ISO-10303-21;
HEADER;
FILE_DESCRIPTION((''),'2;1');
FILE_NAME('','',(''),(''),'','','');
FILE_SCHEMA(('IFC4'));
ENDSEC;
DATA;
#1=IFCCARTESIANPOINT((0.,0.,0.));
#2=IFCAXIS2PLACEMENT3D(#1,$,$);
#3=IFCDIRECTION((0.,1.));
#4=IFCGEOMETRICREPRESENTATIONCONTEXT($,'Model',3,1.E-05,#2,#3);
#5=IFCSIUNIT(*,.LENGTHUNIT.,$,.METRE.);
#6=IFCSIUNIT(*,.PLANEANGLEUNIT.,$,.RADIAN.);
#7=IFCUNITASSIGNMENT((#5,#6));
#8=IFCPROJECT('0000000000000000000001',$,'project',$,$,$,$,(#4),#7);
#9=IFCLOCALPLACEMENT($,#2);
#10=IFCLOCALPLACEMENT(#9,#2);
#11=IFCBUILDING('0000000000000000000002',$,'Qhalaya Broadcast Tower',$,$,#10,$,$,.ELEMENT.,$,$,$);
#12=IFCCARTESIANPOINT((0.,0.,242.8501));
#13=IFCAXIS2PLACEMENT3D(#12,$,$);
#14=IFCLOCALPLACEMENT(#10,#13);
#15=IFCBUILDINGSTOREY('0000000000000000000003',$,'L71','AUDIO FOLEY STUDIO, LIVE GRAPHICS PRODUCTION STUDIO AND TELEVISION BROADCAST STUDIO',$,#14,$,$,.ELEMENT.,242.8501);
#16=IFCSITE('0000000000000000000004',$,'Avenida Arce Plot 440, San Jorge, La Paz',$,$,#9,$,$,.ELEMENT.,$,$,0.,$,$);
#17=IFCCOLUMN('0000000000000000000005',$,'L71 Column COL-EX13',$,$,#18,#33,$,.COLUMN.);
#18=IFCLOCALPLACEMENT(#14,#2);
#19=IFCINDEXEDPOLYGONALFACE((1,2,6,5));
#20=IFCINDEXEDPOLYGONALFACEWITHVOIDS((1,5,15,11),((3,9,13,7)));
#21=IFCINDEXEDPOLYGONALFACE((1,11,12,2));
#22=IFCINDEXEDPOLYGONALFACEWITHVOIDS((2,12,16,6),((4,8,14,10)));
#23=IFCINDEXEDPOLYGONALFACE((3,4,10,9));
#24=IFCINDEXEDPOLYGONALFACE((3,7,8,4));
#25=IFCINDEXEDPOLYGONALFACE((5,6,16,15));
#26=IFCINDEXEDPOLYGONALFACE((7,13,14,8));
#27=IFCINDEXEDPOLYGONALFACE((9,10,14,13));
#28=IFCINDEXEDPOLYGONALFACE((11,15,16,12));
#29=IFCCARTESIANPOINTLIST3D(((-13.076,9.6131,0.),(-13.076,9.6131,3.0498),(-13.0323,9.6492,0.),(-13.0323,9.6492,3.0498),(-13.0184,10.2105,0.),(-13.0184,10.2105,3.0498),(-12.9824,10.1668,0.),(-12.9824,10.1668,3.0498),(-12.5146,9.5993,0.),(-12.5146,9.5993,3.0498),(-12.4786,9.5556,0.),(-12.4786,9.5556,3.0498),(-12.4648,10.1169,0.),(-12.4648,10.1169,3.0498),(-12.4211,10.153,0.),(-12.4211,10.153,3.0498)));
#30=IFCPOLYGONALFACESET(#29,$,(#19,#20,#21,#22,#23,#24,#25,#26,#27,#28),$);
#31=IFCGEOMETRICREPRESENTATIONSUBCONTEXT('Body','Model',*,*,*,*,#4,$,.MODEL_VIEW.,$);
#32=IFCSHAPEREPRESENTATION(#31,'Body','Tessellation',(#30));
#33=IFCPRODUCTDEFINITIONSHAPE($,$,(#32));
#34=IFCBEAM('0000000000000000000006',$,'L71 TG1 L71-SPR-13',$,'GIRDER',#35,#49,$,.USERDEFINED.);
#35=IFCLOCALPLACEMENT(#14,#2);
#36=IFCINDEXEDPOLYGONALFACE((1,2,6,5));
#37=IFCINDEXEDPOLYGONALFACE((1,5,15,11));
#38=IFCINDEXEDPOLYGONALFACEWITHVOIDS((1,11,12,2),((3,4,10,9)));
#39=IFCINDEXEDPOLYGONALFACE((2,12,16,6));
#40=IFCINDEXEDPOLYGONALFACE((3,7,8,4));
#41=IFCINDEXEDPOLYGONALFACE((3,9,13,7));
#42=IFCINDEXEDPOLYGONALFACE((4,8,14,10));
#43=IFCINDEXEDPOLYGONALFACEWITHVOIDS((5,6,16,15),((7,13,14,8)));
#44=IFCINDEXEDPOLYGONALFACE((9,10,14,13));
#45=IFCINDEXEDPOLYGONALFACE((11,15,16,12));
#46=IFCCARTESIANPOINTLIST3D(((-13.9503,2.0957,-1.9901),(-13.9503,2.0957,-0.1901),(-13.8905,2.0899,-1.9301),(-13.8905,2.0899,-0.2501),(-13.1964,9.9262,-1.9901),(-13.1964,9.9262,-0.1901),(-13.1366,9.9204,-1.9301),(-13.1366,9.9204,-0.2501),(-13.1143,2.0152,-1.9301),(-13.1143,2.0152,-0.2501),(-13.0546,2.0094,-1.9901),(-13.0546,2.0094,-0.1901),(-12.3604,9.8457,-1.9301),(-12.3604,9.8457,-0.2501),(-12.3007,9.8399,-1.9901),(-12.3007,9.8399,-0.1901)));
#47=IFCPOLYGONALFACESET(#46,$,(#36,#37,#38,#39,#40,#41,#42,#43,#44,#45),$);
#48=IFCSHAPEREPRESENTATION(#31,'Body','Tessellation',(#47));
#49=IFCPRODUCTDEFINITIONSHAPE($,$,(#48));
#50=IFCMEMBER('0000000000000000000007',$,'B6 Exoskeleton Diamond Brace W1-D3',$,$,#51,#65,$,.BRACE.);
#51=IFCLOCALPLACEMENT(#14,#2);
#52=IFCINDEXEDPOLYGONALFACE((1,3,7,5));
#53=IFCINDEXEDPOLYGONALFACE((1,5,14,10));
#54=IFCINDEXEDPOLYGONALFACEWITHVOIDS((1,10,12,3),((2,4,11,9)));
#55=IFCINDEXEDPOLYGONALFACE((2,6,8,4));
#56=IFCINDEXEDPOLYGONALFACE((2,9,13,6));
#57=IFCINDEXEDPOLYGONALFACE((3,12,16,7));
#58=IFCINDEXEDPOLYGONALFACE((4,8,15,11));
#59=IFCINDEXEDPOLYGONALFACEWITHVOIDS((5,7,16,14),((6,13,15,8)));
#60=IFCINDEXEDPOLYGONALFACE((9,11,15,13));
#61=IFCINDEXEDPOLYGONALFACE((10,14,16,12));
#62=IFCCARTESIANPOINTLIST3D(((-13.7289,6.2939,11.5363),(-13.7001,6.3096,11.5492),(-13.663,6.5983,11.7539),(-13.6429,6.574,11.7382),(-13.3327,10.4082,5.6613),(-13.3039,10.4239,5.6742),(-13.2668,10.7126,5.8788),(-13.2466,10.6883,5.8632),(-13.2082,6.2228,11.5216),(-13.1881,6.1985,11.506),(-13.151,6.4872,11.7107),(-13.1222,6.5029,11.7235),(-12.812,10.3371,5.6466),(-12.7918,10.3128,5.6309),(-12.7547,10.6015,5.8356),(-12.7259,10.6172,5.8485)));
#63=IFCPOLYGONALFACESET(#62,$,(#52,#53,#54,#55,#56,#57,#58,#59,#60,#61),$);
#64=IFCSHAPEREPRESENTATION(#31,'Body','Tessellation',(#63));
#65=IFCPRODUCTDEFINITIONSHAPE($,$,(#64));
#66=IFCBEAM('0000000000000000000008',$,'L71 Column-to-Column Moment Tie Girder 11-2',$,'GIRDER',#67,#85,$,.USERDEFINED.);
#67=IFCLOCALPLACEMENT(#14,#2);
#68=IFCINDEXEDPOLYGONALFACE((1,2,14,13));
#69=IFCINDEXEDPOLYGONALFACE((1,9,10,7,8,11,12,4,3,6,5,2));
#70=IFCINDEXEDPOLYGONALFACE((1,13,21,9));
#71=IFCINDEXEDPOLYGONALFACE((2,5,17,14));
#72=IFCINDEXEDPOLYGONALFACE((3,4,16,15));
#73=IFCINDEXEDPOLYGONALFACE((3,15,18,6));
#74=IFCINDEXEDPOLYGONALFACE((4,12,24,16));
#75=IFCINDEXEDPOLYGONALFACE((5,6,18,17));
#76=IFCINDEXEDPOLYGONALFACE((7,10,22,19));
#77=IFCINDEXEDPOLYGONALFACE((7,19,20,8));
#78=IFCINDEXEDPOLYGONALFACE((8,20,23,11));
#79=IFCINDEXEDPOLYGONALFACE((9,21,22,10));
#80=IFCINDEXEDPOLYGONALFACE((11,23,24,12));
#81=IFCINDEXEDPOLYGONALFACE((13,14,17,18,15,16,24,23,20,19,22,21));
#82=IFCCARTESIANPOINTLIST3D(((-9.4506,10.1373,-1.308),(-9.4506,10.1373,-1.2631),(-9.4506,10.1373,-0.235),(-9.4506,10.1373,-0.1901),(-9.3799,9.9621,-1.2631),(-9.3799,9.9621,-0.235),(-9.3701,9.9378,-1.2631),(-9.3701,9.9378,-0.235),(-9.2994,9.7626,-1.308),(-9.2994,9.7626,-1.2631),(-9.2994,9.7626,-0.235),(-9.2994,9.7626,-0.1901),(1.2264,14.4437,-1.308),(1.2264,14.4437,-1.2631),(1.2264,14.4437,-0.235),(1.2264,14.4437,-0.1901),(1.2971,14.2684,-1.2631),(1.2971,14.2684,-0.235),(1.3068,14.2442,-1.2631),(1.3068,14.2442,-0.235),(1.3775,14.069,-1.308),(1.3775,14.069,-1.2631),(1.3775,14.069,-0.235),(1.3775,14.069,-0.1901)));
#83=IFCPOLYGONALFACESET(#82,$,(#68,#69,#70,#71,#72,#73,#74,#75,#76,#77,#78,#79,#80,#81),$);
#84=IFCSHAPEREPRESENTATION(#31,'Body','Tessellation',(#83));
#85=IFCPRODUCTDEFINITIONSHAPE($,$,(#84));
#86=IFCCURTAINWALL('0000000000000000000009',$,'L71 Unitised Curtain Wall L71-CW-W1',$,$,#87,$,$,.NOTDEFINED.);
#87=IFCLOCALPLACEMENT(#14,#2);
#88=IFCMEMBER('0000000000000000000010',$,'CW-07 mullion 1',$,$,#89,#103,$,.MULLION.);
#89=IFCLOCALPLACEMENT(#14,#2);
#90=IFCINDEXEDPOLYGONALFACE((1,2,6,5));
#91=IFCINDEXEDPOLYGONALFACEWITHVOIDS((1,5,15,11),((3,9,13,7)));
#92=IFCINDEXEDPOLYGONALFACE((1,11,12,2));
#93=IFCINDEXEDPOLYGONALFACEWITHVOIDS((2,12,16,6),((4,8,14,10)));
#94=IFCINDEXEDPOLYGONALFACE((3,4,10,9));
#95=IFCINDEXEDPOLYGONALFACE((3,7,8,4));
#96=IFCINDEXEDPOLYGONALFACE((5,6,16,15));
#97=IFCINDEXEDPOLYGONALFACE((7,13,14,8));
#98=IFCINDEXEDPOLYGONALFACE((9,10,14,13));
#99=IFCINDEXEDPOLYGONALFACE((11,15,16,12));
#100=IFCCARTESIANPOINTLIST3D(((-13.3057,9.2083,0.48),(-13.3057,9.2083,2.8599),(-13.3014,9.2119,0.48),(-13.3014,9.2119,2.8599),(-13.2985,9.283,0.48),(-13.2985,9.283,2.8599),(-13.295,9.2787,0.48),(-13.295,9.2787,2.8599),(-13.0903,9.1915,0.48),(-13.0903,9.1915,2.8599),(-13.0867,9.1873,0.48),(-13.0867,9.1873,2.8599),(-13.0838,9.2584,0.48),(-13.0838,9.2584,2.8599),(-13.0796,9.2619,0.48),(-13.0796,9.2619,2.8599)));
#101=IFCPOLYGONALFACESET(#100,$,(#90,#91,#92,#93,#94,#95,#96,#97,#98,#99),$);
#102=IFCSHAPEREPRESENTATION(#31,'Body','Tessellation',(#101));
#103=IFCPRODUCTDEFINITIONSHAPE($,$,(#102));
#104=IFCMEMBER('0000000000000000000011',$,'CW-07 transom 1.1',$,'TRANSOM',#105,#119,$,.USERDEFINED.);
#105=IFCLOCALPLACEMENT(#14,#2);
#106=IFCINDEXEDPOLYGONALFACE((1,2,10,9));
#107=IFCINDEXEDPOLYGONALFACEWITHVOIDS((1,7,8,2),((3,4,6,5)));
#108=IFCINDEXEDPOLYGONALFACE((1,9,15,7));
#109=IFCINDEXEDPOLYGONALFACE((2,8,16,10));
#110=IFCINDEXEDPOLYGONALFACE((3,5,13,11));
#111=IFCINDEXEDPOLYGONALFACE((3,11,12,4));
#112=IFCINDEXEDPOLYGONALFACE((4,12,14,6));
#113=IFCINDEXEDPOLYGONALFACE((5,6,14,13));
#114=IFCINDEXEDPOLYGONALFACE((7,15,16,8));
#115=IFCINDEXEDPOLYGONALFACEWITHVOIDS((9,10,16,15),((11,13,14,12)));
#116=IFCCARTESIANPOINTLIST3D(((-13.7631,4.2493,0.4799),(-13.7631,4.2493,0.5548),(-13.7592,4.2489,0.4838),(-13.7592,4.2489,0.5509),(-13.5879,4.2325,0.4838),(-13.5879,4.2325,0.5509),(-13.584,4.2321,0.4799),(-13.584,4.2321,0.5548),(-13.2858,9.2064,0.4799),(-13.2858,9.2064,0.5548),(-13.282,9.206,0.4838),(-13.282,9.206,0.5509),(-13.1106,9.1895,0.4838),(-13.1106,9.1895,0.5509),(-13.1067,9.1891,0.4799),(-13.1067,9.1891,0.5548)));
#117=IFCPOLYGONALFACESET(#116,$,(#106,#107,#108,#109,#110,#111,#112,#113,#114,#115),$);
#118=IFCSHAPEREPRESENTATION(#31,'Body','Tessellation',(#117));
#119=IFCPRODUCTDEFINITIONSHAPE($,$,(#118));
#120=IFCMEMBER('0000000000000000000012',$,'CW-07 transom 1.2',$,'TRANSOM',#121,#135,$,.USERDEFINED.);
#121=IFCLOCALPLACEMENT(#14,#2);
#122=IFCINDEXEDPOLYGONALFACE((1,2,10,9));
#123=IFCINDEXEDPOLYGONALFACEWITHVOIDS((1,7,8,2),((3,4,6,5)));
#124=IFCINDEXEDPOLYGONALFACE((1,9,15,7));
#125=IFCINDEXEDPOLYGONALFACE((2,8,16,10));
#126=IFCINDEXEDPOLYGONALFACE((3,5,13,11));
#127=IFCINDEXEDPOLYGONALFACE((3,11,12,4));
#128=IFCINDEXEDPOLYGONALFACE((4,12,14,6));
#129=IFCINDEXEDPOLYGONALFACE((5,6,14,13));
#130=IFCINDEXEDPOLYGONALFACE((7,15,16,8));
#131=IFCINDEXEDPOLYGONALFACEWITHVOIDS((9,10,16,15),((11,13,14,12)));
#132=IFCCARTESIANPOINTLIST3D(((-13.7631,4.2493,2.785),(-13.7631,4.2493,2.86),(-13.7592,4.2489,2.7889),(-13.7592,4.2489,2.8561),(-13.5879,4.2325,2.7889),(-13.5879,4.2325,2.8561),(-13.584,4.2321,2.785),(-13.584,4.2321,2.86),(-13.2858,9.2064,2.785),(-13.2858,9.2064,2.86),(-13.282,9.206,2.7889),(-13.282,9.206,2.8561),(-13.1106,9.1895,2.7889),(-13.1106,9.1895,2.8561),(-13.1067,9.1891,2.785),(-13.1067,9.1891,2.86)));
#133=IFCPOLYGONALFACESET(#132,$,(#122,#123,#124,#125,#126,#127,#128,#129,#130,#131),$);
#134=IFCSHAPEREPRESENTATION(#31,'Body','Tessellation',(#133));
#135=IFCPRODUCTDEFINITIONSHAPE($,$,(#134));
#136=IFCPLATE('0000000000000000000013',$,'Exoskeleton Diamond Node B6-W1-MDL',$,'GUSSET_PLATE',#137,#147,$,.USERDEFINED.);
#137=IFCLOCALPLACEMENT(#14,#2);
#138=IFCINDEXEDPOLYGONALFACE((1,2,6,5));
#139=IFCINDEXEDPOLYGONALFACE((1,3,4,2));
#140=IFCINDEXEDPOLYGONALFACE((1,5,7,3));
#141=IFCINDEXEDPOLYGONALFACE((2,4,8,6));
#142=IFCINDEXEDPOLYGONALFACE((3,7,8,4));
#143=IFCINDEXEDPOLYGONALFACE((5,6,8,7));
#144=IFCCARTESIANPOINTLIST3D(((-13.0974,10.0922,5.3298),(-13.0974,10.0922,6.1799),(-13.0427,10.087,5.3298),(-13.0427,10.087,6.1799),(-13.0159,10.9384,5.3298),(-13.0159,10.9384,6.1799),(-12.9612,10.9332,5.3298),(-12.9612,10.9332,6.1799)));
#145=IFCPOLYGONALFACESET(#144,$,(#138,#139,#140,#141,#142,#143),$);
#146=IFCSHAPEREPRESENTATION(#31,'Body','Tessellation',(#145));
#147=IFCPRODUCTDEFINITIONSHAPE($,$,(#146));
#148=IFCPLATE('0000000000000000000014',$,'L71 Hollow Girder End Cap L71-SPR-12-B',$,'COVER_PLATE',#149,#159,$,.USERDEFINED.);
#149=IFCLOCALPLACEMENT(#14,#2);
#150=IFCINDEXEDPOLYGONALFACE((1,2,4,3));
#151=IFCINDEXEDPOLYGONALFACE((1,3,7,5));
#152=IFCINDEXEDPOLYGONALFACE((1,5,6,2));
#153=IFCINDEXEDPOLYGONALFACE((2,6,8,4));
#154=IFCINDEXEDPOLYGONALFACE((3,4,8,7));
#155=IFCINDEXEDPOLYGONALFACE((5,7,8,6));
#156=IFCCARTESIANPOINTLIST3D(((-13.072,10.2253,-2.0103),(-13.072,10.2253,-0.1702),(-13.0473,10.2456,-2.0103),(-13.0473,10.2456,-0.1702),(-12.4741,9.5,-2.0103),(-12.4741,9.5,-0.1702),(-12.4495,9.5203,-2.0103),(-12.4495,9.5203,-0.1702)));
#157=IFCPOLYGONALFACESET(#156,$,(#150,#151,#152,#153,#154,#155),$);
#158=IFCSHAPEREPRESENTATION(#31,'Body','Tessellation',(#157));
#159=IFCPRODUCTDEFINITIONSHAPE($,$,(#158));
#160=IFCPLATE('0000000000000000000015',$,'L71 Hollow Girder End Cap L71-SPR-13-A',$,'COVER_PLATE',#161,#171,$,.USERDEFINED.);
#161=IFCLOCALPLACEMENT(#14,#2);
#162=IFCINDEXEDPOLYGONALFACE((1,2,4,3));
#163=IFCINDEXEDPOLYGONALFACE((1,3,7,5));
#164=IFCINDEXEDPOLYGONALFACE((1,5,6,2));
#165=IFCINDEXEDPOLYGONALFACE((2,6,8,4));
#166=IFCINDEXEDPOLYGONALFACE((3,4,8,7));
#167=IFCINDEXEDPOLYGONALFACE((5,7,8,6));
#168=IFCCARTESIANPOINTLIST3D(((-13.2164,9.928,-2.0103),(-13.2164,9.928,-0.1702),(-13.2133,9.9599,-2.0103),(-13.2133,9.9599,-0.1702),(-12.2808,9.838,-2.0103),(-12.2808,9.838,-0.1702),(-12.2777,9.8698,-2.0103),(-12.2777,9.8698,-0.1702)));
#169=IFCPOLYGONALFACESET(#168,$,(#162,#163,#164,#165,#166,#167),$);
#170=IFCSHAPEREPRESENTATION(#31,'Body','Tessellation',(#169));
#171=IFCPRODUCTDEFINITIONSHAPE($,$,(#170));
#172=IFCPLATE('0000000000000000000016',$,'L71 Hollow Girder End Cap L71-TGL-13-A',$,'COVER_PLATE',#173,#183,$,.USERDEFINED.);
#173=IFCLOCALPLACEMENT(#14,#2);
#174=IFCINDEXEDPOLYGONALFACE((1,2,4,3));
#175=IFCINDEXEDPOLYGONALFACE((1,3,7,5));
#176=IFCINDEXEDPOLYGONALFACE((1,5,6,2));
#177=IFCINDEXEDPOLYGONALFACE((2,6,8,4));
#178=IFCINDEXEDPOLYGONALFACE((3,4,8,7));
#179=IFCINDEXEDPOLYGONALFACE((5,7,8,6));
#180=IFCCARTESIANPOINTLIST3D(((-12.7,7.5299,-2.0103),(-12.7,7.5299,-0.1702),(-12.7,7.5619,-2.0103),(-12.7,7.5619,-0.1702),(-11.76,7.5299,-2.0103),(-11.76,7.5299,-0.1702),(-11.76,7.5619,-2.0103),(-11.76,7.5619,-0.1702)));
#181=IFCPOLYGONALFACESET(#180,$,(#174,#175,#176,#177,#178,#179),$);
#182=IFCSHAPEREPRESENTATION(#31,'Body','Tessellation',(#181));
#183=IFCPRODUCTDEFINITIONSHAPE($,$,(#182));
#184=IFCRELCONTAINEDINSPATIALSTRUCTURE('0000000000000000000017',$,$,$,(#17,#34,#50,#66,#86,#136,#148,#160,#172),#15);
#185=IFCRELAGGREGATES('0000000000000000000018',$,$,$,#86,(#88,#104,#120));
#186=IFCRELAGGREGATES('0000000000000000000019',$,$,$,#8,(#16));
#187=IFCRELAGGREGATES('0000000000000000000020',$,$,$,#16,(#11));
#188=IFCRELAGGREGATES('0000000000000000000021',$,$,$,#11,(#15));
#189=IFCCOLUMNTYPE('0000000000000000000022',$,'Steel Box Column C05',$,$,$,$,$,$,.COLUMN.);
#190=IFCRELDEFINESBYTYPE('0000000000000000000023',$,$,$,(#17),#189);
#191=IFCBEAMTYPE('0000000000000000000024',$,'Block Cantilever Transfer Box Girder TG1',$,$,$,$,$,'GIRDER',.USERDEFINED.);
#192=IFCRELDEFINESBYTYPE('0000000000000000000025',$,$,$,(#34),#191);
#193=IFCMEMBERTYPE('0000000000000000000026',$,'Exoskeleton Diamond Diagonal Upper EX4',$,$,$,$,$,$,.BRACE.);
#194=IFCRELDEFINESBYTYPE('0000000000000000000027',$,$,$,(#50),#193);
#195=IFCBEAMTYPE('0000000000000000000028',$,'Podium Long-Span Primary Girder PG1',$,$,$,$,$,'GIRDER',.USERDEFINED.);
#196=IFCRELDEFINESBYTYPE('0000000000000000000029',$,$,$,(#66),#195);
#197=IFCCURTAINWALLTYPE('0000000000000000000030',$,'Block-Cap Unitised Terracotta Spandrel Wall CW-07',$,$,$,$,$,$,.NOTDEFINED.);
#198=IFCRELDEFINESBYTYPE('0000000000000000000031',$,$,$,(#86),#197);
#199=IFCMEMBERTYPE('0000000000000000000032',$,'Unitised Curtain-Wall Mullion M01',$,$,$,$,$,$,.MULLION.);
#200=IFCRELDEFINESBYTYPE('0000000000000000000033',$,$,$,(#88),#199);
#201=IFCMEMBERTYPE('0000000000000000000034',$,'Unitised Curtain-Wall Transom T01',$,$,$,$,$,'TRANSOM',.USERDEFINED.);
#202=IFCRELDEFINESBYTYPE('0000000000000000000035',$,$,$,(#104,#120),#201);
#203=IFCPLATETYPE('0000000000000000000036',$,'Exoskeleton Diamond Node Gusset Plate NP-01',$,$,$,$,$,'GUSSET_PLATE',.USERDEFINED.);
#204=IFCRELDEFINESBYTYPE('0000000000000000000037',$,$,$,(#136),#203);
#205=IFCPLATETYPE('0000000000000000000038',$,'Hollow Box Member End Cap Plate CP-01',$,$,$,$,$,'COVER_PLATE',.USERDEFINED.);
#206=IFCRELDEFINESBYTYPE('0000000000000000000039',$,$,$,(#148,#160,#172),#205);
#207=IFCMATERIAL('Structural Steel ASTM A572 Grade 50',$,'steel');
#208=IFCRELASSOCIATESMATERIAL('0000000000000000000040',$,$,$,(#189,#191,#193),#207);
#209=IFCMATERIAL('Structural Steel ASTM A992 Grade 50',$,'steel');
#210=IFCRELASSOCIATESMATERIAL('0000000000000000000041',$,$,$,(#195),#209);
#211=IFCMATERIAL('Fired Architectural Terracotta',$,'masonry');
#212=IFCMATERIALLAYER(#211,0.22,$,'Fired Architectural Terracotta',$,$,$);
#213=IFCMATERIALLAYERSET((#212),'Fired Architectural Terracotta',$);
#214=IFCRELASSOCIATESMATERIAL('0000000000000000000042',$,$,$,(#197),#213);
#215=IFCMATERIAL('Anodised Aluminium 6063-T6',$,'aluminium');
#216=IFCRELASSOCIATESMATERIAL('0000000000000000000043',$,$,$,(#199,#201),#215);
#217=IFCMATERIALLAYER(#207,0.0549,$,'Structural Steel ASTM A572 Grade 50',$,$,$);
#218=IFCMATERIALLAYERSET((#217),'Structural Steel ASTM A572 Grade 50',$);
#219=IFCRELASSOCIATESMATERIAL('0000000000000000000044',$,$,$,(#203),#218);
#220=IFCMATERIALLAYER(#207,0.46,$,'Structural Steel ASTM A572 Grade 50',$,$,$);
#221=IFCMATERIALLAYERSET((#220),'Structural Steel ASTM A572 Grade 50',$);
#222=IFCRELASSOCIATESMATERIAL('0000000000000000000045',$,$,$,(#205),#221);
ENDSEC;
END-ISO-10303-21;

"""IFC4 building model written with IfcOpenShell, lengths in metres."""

from ifc_helpers import new_model, si_unit, direction, frame, origin, origin_2d, place, context, subcontext, project, spatial, rectangle, hollow_rectangle, i_section, extrude, material, layer, layer_set, material_profile, profile_set, type_object, element, aggregate, save


model = new_model("IFC4")

# Units and contexts
model_context = context("Model", 3, precision=1e-05, world=origin(), true_north=direction((0.0, 1.0)))
body_context = subcontext(model_context, "Body", "Model", "MODEL_VIEW")
ifc_project = project(units=[si_unit("LENGTHUNIT", "METRE"), si_unit("PLANEANGLEUNIT", "RADIAN")], contexts=[model_context])

# Site, building, storey
site_placement = place(None, origin())
site = spatial("IfcSite", under=ifc_project, at=site_placement, Name="Avenida Arce Plot 440, San Jorge, La Paz", CompositionType="ELEMENT", RefElevation=0.0)
building_placement = place(site_placement, origin())
building = spatial("IfcBuilding", under=site, at=building_placement, Name="Qhalaya Broadcast Tower", CompositionType="ELEMENT")
storey_placement = place(building_placement, frame((0.0, 0.0, 242.8501)))
storey = spatial("IfcBuildingStorey", under=building, at=storey_placement, Name="L71", Description="AUDIO FOLEY STUDIO, LIVE GRAPHICS PRODUCTION STUDIO AND TELEVISION BROADCAST STUDIO", CompositionType="ELEMENT", Elevation=242.8501)

# Column
ifc_material_1 = material(Name="Structural Steel ASTM A572 Grade 50", Category="steel")
ifc_material_profile_1 = material_profile(ifc_material_1, hollow_rectangle(XDim=0.6001, YDim=0.6001, WallThickness=0.04, at=origin_2d()), Name="BOX 600x600x40")
ifc_profile_set_1 = profile_set([ifc_material_profile_1], Name="Structural Steel ASTM A572 Grade 50")
column_type = type_object("IfcColumnType", Name="Steel Box Column C05", PredefinedType="COLUMN", material=ifc_profile_set_1)
column_placement = place(storey_placement, frame((-12.7485, 9.8831, 0.0), z_axis=(0.0, 0.0, 1.0), x_axis=(0.095846, 0.995396, 0.0)))
element("IfcColumn", 1, at=column_placement, inside=storey, type_object=column_type, Name="L71 Column COL-EX13", PredefinedType="COLUMN", context=body_context, shape_type="SweptSolid", body=[
    extrude(hollow_rectangle(XDim=0.6001, YDim=0.6001, WallThickness=0.04, at=origin_2d()), origin(), (0.0, 0.0, 1.0), 3.0498),
])

# Beam
ifc_material_profile_2 = material_profile(ifc_material_1, hollow_rectangle(XDim=0.8999, YDim=1.8, WallThickness=0.0601, at=origin_2d()), Name="BOX 900x1800x60")
ifc_profile_set_2 = profile_set([ifc_material_profile_2], Name="Structural Steel ASTM A572 Grade 50")
beam_type_1 = type_object("IfcBeamType", Name="Block Cantilever Transfer Box Girder TG1", ElementType="GIRDER", PredefinedType="USERDEFINED", material=ifc_profile_set_2)
beam_1_placement = place(storey_placement, frame((-12.7485, 9.8831, -1.0901), z_axis=(-0.095834, -0.995397, 0.0), x_axis=(0.995397, -0.095834, 0.0)))
element("IfcBeam", 2, at=beam_1_placement, inside=storey, type_object=beam_type_1, Name="L71 TG1 L71-SPR-13", ObjectType="GIRDER", PredefinedType="USERDEFINED", context=body_context, shape_type="SweptSolid", body=[
    extrude(hollow_rectangle(XDim=0.8999, YDim=1.8, WallThickness=0.0601, at=origin_2d()), origin(), (0.0, 0.0, 1.0), 7.8667),
])

# Member
ifc_material_profile_3 = material_profile(ifc_material_1, hollow_rectangle(XDim=0.3799, YDim=0.55, WallThickness=0.0249, at=origin_2d()), Name="BOX 380x550x25")
ifc_profile_set_3 = profile_set([ifc_material_profile_3], Name="Structural Steel ASTM A572 Grade 50")
member_type_1 = type_object("IfcMemberType", Name="Exoskeleton Diamond Diagonal Upper EX4", PredefinedType="BRACE", material=ifc_profile_set_3)
member_1_placement = place(storey_placement, frame((-13.0293, 10.5127, 5.7549), z_axis=(-0.055161, -0.572753, 0.81787), x_axis=(0.173449, 0.801166, 0.572755)))
element("IfcMember", 3, at=member_1_placement, inside=storey, type_object=member_type_1, Name="B6 Exoskeleton Diamond Brace W1-D3", PredefinedType="BRACE", context=body_context, shape_type="SweptSolid", body=[
    extrude(hollow_rectangle(XDim=0.3799, YDim=0.55, WallThickness=0.0249, at=origin_2d()), origin(), (0.0, 0.0, 1.0), 7.1833),
])

# Beam
ifc_material_2 = material(Name="Structural Steel ASTM A992 Grade 50", Category="steel")
ifc_material_profile_4 = material_profile(ifc_material_2, i_section(OverallWidth=0.4041, OverallDepth=1.1179, WebThickness=0.0261, FlangeThickness=0.0449, at=origin_2d()), Name="W44X335")
ifc_profile_set_4 = profile_set([ifc_material_profile_4], Name="Structural Steel ASTM A992 Grade 50")
beam_type_2 = type_object("IfcBeamType", Name="Podium Long-Span Primary Girder PG1", ElementType="GIRDER", PredefinedType="USERDEFINED", material=ifc_profile_set_4)
beam_2_placement = place(storey_placement, frame((-9.375, 9.95, -0.749), z_axis=(0.927407, 0.374055, 0.0), x_axis=(-0.374055, 0.927407, 0.0)))
element("IfcBeam", 4, at=beam_2_placement, inside=storey, type_object=beam_type_2, Name="L71 Column-to-Column Moment Tie Girder 11-2", ObjectType="GIRDER", PredefinedType="USERDEFINED", context=body_context, shape_type="SweptSolid", body=[
    extrude(i_section(OverallWidth=0.4041, OverallDepth=1.1179, WebThickness=0.0261, FlangeThickness=0.0449, at=origin_2d()), origin(), (0.0, 0.0, 1.0), 11.5127),
])

# Curtain wall, members
ifc_material_3 = material(Name="Fired Architectural Terracotta", Category="masonry")
ifc_layer_1 = layer(ifc_material_3, 0.22, Name="Fired Architectural Terracotta")
ifc_layer_set_1 = layer_set([ifc_layer_1], Name="Fired Architectural Terracotta")
curtain_wall_type = type_object("IfcCurtainWallType", Name="Block-Cap Unitised Terracotta Spandrel Wall CW-07", PredefinedType="NOTDEFINED", material=ifc_layer_set_1)
curtain_wall_placement = place(storey_placement, origin())
curtain_wall = element("IfcCurtainWall", 5, at=curtain_wall_placement, inside=storey, type_object=curtain_wall_type, Name="L71 Unitised Curtain Wall L71-CW-W1", PredefinedType="NOTDEFINED")
ifc_material_4 = material(Name="Anodised Aluminium 6063-T6", Category="aluminium")
ifc_material_profile_5 = material_profile(ifc_material_4, hollow_rectangle(XDim=0.075, YDim=0.22, WallThickness=0.0039, at=origin_2d()), Name="ALU-MUL 75x220x4")
ifc_profile_set_5 = profile_set([ifc_material_profile_5], Name="Anodised Aluminium 6063-T6")
member_type_2 = type_object("IfcMemberType", Name="Unitised Curtain-Wall Mullion M01", PredefinedType="MULLION", material=ifc_profile_set_5)
member_2_placement = place(storey_placement, frame((-13.1926, 9.2351, 0.48), z_axis=(0.0, 0.0, 1.0), x_axis=(-0.095848, -0.995396, 0.0)))
member_2 = element("IfcMember", 6, at=member_2_placement, type_object=member_type_2, Name="CW-07 mullion 1", PredefinedType="MULLION", context=body_context, shape_type="SweptSolid", body=[
    extrude(hollow_rectangle(XDim=0.075, YDim=0.22, WallThickness=0.0039, at=origin_2d()), origin(), (0.0, 0.0, 1.0), 2.3799),
])
ifc_material_profile_6 = material_profile(ifc_material_4, hollow_rectangle(XDim=0.075, YDim=0.1799, WallThickness=0.0039, at=origin_2d()), Name="ALU-TRN 75x180x4")
ifc_profile_set_6 = profile_set([ifc_material_profile_6], Name="Anodised Aluminium 6063-T6")
member_type_3 = type_object("IfcMemberType", Name="Unitised Curtain-Wall Transom T01", ElementType="TRANSOM", PredefinedType="USERDEFINED", material=ifc_profile_set_6)
member_3_placement = place(storey_placement, frame((-13.1963, 9.1978, 0.5173), z_axis=(-0.095843, -0.995396, 0.0), x_axis=(0.0, 0.0, 1.0)))
member_3 = element("IfcMember", 7, at=member_3_placement, type_object=member_type_3, Name="CW-07 transom 1.1", ObjectType="TRANSOM", PredefinedType="USERDEFINED", context=body_context, shape_type="SweptSolid", body=[
    extrude(hollow_rectangle(XDim=0.075, YDim=0.1799, WallThickness=0.0039, at=origin_2d()), origin(), (0.0, 0.0, 1.0), 4.98),
])
member_4_placement = place(storey_placement, frame((-13.1963, 9.1978, 2.8225), z_axis=(-0.095843, -0.995396, 0.0), x_axis=(0.0, 0.0, 1.0)))
member_4 = element("IfcMember", 8, at=member_4_placement, type_object=member_type_3, Name="CW-07 transom 1.2", ObjectType="TRANSOM", PredefinedType="USERDEFINED", context=body_context, shape_type="SweptSolid", body=[
    extrude(hollow_rectangle(XDim=0.075, YDim=0.1799, WallThickness=0.0039, at=origin_2d()), origin(), (0.0, 0.0, 1.0), 4.98),
])
aggregate(curtain_wall, [member_2, member_3, member_4])

# Plates
ifc_layer_2 = layer(ifc_material_1, 0.0549, Name="Structural Steel ASTM A572 Grade 50")
ifc_layer_set_2 = layer_set([ifc_layer_2], Name="Structural Steel ASTM A572 Grade 50")
plate_type_1 = type_object("IfcPlateType", Name="Exoskeleton Diamond Node Gusset Plate NP-01", ElementType="GUSSET_PLATE", PredefinedType="USERDEFINED", material=ifc_layer_set_2)
plate_1_placement = place(storey_placement, frame((-13.0293, 10.5127, 5.3298), z_axis=(0.0, 0.0, 1.0), x_axis=(0.095846, 0.995396, 0.0)))
element("IfcPlate", 9, at=plate_1_placement, inside=storey, type_object=plate_type_1, Name="Exoskeleton Diamond Node B6-W1-MDL", ObjectType="GUSSET_PLATE", PredefinedType="USERDEFINED", context=body_context, shape_type="SweptSolid", body=[
    extrude(rectangle(XDim=0.8501, YDim=0.0549, at=origin_2d()), origin(), (0.0, 0.0, 1.0), 0.8501),
])
ifc_layer_3 = layer(ifc_material_1, 0.46, Name="Structural Steel ASTM A572 Grade 50")
ifc_layer_set_3 = layer_set([ifc_layer_3], Name="Structural Steel ASTM A572 Grade 50")
plate_type_2 = type_object("IfcPlateType", Name="Hollow Box Member End Cap Plate CP-01", ElementType="COVER_PLATE", PredefinedType="USERDEFINED", material=ifc_layer_set_3)
for number, where, z_axis, x_axis, name in (
    (10, (-12.7607, 9.8728, -2.0103), (0.0, 0.0, 1.0), (0.636078, -0.771625, 0.0), "L71 Hollow Girder End Cap L71-SPR-12-B"),
    (11, (-12.7471, 9.8989, -2.0103), (0.0, 0.0, 1.0), (0.995398, -0.095828, 0.0), "L71 Hollow Girder End Cap L71-SPR-13-A"),
    (12, (-12.23, 7.5459, -2.0103), (0.0, 0.0, 1.0), (1.0, 0.0, 0.0), "L71 Hollow Girder End Cap L71-TGL-13-A"),
):
    element("IfcPlate", number, at=place(storey_placement, frame(where, z_axis=z_axis, x_axis=x_axis)), inside=storey, type_object=plate_type_2, Name=name, ObjectType="COVER_PLATE", PredefinedType="USERDEFINED", context=body_context, shape_type="SweptSolid", body=[
        extrude(rectangle(XDim=0.9399, YDim=0.032, at=origin_2d()), origin(), (0.0, 0.0, 1.0), 1.8401),
    ])

save(model, "model.ifc")
